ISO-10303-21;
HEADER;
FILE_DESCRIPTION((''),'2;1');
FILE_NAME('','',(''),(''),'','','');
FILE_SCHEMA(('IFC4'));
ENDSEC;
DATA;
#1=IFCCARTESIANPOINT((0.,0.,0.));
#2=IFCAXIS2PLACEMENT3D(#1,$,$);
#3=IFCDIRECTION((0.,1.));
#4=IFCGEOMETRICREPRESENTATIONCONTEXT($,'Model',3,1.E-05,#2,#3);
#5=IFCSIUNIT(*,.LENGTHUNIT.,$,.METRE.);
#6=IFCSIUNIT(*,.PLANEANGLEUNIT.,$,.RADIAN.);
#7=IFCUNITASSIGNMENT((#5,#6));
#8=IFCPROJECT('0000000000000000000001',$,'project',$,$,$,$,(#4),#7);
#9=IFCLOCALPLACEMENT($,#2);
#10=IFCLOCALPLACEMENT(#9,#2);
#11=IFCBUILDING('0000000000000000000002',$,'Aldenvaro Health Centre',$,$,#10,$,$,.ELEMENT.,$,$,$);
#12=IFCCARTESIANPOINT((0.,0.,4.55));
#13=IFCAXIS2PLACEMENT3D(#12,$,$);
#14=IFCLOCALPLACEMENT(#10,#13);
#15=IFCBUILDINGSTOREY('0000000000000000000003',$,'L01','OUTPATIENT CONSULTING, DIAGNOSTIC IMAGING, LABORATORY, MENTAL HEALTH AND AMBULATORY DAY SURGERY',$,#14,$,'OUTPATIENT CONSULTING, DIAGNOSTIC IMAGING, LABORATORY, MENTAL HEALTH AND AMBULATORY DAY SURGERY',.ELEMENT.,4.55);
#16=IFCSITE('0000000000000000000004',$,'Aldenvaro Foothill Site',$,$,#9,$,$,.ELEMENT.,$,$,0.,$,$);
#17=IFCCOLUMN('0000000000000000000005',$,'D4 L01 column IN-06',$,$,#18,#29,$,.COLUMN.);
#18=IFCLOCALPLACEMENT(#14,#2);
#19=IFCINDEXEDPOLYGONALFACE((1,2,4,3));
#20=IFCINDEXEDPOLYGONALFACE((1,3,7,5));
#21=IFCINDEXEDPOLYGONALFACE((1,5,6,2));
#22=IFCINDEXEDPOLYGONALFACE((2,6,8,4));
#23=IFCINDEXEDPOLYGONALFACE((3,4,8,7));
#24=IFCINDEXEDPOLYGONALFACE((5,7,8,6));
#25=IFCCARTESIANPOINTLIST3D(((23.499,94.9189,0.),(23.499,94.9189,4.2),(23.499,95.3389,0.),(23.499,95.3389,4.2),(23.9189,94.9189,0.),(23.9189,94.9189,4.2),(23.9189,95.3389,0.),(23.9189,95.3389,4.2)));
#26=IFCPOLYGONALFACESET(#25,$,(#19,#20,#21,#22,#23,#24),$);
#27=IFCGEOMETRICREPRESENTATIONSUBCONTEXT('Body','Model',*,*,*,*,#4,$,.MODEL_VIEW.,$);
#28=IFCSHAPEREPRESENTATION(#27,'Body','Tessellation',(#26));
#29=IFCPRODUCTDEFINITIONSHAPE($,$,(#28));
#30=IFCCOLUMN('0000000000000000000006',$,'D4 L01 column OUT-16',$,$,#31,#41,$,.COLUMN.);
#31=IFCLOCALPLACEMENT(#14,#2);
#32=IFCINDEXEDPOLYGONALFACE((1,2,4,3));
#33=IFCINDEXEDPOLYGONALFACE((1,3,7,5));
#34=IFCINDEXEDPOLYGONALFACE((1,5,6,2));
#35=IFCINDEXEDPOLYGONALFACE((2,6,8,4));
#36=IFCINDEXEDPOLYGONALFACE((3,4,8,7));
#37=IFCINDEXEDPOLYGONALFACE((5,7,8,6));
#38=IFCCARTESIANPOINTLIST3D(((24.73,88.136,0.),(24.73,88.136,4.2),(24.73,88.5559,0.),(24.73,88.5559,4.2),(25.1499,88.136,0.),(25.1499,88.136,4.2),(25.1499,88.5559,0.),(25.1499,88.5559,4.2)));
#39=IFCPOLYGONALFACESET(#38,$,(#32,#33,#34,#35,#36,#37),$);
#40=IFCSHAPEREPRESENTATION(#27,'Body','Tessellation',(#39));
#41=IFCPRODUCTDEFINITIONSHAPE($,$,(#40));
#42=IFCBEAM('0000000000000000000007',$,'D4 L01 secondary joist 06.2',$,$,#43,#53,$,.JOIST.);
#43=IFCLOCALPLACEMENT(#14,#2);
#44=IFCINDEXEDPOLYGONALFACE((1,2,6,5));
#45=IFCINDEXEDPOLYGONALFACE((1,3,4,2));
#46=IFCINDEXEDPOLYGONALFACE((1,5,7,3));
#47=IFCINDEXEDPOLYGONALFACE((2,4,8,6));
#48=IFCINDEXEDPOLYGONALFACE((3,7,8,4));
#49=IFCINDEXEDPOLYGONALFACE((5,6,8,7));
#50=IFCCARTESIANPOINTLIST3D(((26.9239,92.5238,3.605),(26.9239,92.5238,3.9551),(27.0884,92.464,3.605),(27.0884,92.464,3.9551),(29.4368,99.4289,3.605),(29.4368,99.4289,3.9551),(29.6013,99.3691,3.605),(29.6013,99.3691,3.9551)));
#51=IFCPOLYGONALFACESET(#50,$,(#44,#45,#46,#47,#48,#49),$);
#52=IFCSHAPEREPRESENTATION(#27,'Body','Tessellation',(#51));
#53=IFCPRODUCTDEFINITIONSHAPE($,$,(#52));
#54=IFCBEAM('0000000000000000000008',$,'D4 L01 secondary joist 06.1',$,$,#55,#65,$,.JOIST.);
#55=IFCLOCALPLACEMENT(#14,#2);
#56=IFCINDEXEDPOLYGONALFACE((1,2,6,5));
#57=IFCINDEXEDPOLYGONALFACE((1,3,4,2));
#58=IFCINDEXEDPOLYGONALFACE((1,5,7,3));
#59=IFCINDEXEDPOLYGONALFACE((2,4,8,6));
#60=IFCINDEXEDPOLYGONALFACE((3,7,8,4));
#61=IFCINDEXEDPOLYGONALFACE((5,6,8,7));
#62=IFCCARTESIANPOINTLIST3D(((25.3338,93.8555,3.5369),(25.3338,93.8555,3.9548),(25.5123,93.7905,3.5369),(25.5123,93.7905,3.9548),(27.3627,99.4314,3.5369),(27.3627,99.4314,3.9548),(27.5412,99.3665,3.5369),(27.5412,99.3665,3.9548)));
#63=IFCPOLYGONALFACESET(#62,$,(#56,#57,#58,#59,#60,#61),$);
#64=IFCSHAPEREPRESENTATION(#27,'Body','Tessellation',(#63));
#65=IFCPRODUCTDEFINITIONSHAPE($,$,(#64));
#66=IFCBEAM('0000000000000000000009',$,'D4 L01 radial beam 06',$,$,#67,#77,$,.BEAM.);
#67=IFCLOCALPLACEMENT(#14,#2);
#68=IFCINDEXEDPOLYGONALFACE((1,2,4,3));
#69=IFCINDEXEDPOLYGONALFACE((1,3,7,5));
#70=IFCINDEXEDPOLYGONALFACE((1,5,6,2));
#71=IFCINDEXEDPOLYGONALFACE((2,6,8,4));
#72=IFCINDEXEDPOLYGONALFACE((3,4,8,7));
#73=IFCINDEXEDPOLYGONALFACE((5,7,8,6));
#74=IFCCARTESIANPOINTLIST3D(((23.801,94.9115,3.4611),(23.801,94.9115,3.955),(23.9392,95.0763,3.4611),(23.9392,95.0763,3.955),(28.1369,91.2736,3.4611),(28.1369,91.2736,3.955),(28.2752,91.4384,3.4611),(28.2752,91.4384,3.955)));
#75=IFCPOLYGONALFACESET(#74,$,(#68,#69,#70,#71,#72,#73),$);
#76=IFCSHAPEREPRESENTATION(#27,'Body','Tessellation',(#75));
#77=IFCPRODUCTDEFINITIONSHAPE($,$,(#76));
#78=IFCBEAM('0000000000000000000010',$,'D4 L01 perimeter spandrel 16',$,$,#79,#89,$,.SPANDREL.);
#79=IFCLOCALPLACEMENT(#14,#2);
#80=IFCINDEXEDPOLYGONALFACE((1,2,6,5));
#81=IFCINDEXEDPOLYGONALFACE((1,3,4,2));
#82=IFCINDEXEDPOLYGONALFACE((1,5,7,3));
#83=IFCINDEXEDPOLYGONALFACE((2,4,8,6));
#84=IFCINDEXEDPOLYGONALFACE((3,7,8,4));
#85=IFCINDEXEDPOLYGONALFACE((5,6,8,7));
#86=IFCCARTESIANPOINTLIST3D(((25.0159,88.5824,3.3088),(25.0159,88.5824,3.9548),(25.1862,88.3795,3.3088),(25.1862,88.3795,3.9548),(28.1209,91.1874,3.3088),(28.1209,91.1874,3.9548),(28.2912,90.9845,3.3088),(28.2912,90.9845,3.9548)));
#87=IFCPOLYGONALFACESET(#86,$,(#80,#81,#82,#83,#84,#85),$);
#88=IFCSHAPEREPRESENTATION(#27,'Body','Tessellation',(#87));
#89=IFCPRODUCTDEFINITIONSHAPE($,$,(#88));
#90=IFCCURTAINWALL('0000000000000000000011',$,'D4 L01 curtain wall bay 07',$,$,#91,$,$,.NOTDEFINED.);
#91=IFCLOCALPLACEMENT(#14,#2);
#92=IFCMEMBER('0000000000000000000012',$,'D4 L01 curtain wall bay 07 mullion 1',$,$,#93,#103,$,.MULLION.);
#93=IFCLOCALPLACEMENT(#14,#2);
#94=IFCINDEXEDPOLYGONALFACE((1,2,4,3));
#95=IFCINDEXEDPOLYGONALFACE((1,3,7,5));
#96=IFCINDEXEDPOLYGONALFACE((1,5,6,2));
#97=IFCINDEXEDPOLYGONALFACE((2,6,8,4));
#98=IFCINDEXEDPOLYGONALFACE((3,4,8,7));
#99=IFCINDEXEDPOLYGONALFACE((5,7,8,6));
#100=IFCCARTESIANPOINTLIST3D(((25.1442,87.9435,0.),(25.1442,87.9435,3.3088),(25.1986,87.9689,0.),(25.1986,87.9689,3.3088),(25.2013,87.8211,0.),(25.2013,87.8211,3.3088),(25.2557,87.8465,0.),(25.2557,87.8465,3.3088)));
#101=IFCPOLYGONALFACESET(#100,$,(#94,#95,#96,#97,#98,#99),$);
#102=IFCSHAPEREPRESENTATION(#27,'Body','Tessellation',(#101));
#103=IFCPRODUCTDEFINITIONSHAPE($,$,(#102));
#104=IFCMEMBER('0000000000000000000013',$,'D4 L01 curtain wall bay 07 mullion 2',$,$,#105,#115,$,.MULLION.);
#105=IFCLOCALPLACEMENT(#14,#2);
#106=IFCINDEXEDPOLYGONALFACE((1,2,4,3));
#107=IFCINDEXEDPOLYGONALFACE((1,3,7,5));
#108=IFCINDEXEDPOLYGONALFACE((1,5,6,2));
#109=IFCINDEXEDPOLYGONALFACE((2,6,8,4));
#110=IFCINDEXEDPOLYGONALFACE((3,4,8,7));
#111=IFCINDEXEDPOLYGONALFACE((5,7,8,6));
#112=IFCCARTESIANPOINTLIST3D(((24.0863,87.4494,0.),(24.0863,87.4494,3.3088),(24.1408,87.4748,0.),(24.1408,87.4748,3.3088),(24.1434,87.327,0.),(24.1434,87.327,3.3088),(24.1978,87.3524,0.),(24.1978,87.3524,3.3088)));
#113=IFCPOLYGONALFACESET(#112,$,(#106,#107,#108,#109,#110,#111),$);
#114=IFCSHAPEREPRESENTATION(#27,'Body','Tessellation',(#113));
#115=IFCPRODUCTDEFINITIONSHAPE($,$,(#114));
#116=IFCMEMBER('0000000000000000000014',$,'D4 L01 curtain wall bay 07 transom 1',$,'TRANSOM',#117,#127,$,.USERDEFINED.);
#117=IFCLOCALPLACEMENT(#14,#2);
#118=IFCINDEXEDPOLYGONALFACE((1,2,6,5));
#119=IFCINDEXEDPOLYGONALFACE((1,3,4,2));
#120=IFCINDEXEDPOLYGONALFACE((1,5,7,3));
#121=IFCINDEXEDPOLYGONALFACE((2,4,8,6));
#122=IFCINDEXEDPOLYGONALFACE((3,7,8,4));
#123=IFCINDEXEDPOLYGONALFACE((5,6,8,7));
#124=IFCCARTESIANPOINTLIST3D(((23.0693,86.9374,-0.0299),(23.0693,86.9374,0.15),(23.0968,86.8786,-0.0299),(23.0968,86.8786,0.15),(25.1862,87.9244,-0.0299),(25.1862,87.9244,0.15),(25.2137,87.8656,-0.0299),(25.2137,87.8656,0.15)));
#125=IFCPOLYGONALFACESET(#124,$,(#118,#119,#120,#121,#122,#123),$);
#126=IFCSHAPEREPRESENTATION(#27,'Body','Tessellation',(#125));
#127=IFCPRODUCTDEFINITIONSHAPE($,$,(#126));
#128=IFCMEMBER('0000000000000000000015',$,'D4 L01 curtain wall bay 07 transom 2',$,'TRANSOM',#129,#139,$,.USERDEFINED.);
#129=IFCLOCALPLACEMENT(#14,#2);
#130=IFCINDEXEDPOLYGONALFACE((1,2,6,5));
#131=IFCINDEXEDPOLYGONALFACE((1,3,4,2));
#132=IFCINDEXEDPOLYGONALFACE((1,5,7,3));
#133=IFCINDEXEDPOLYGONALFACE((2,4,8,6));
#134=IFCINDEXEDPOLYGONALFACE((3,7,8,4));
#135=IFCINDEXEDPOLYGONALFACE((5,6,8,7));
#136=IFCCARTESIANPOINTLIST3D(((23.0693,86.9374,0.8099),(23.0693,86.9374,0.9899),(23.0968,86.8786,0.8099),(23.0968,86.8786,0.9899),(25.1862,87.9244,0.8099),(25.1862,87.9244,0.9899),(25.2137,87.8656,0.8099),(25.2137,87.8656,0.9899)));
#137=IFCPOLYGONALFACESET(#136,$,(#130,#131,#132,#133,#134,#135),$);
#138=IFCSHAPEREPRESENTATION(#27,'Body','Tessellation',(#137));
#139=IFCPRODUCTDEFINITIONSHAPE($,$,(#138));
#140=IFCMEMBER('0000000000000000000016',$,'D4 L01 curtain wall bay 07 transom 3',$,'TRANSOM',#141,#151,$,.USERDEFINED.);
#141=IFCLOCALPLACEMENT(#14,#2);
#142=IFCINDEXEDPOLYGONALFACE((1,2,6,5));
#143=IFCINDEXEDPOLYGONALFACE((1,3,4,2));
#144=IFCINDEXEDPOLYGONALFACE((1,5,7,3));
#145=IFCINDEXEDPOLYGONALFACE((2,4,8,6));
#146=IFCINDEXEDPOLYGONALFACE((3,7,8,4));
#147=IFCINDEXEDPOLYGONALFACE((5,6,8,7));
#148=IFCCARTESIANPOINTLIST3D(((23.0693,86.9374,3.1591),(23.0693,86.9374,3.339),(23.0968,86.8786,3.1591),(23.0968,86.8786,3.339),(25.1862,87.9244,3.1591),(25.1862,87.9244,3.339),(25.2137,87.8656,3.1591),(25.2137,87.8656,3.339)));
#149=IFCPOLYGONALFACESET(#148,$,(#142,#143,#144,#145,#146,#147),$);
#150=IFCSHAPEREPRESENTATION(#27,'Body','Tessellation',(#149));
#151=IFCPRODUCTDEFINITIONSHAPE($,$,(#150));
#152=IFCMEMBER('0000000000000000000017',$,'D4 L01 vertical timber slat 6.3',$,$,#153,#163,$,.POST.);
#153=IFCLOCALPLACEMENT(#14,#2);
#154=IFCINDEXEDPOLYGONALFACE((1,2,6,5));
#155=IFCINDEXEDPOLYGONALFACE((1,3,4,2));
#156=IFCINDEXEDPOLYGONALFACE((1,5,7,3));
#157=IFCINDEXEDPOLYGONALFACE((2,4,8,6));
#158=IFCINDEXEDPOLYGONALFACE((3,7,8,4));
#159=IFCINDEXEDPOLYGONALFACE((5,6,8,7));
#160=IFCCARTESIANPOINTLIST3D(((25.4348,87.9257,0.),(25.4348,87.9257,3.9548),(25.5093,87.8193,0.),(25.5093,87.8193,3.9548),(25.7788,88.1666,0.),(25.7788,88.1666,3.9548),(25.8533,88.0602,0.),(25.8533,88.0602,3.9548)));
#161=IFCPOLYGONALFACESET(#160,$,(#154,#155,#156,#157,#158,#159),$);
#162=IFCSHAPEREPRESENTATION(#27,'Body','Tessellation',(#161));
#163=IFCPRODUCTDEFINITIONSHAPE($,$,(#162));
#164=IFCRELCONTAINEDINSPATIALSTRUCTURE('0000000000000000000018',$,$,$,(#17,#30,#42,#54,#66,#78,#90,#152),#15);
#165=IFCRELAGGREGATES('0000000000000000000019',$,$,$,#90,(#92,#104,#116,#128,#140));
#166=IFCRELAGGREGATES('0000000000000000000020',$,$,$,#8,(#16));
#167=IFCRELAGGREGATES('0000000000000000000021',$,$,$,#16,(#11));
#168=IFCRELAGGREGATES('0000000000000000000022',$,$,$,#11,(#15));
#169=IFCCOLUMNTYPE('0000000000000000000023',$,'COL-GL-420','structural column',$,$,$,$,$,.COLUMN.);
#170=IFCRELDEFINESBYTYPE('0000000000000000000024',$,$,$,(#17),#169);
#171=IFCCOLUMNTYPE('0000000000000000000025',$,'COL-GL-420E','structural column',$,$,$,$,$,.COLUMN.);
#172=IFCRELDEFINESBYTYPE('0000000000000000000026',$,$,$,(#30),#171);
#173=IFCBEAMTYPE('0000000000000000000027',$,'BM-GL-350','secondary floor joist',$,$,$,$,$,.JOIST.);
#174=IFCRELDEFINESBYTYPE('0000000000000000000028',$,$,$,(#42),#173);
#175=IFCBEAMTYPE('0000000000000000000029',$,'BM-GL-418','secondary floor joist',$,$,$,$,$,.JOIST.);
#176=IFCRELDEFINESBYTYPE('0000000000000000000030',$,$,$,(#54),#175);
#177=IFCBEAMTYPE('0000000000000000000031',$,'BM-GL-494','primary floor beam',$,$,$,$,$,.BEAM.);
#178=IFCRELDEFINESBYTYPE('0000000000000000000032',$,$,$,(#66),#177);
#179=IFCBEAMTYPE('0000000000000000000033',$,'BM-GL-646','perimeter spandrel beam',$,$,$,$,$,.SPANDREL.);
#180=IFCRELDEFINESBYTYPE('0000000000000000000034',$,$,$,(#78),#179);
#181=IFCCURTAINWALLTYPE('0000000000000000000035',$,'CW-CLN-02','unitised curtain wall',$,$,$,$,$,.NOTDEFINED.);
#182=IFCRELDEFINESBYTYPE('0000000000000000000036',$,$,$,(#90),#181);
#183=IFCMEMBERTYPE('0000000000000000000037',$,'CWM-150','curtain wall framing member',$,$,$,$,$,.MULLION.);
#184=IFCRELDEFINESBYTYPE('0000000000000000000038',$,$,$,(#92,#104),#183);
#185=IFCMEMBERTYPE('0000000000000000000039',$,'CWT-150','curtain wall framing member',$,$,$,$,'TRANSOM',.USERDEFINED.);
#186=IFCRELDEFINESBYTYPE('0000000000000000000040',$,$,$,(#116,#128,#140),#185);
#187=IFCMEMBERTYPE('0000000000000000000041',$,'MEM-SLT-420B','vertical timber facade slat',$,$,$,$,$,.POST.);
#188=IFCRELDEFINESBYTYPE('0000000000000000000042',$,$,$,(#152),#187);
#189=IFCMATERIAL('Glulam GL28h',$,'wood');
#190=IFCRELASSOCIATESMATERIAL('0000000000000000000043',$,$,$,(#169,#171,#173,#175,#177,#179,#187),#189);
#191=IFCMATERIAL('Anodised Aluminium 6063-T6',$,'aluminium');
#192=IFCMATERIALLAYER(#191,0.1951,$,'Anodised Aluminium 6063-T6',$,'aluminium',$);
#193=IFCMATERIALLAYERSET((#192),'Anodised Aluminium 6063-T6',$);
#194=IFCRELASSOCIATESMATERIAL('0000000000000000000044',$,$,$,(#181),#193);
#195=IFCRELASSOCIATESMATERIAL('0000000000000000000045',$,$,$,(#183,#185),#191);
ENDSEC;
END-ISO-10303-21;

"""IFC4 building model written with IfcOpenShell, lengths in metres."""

from ifc_helpers import new_model, si_unit, direction, frame, origin, origin_2d, place, context, subcontext, project, spatial, rectangle, extrude, material, layer, layer_set, material_profile, profile_set, type_object, element, aggregate, save


model = new_model("IFC4")

# Units and contexts
model_context = context("Model", 3, precision=1e-05, world=origin(), true_north=direction((0.0, 1.0)))
body_context = subcontext(model_context, "Body", "Model", "MODEL_VIEW")
ifc_project = project(units=[si_unit("LENGTHUNIT", "METRE"), si_unit("PLANEANGLEUNIT", "RADIAN")], contexts=[model_context])

# Site, building, storey
site_placement = place(None, origin())
site = spatial("IfcSite", under=ifc_project, at=site_placement, Name="Aldenvaro Foothill Site", CompositionType="ELEMENT", RefElevation=0.0)
building_placement = place(site_placement, origin())
building = spatial("IfcBuilding", under=site, at=building_placement, Name="Aldenvaro Health Centre", CompositionType="ELEMENT")
storey_placement = place(building_placement, frame((0.0, 0.0, 4.55)))
storey = spatial("IfcBuildingStorey", under=building, at=storey_placement, Name="L01", Description="OUTPATIENT CONSULTING, DIAGNOSTIC IMAGING, LABORATORY, MENTAL HEALTH AND AMBULATORY DAY SURGERY", LongName="OUTPATIENT CONSULTING, DIAGNOSTIC IMAGING, LABORATORY, MENTAL HEALTH AND AMBULATORY DAY SURGERY", CompositionType="ELEMENT", Elevation=4.55)

# Columns
ifc_material_1 = material(Name="Glulam GL28h", Category="wood")
ifc_material_profile_1 = material_profile(ifc_material_1, rectangle(XDim=0.4199, YDim=0.4199, at=origin_2d()), Name="GL 420x420", Category="wood")
ifc_profile_set_1 = profile_set([ifc_material_profile_1], Name="Glulam GL28h")
column_type_1 = type_object("IfcColumnType", Name="COL-GL-420", Description="structural column", PredefinedType="COLUMN", material=ifc_profile_set_1)
column_1_placement = place(storey_placement, frame((23.709, 95.1289, 0.0), z_axis=(0.0, 0.0, 1.0), x_axis=(1.0, 0.0, 0.0)))
element("IfcColumn", 1, at=column_1_placement, inside=storey, type_object=column_type_1, Name="D4 L01 column IN-06", PredefinedType="COLUMN", context=body_context, shape_type="SweptSolid", body=[
    extrude(rectangle(XDim=0.4199, YDim=0.4199, at=origin_2d()), origin(), (0.0, 0.0, 1.0), 4.2),
])
ifc_material_profile_2 = material_profile(ifc_material_1, rectangle(XDim=0.4199, YDim=0.4199, at=origin_2d()), Name="GL 420x420", Category="wood")
ifc_profile_set_2 = profile_set([ifc_material_profile_2], Name="Glulam GL28h")
column_type_2 = type_object("IfcColumnType", Name="COL-GL-420E", Description="structural column", PredefinedType="COLUMN", material=ifc_profile_set_2)
column_2_placement = place(storey_placement, frame((24.9399, 88.3459, 0.0), z_axis=(0.0, 0.0, 1.0), x_axis=(1.0, 0.0, 0.0)))
element("IfcColumn", 2, at=column_2_placement, inside=storey, type_object=column_type_2, Name="D4 L01 column OUT-16", PredefinedType="COLUMN", context=body_context, shape_type="SweptSolid", body=[
    extrude(rectangle(XDim=0.4199, YDim=0.4199, at=origin_2d()), origin(), (0.0, 0.0, 1.0), 4.2),
])

# Beams
ifc_material_profile_3 = material_profile(ifc_material_1, rectangle(XDim=0.175, YDim=0.3501, at=origin_2d()), Name="GL 175x350", Category="wood")
ifc_profile_set_3 = profile_set([ifc_material_profile_3], Name="Glulam GL28h")
beam_type_1 = type_object("IfcBeamType", Name="BM-GL-350", Description="secondary floor joist", PredefinedType="JOIST", material=ifc_profile_set_3)
beam_1_placement = place(storey_placement, frame((27.0061, 92.4939, 3.78), z_axis=(0.341986, 0.939705, 0.0), x_axis=(-0.939705, 0.341986, 0.0)))
element("IfcBeam", 3, at=beam_1_placement, inside=storey, type_object=beam_type_1, Name="D4 L01 secondary joist 06.2", PredefinedType="JOIST", context=body_context, shape_type="SweptSolid", body=[
    extrude(rectangle(XDim=0.175, YDim=0.3501, at=origin_2d()), origin(), (0.0, 0.0, 1.0), 7.3481),
])
ifc_material_profile_4 = material_profile(ifc_material_1, rectangle(XDim=0.1899, YDim=0.418, at=origin_2d()), Name="GL 190x418", Category="wood")
ifc_profile_set_4 = profile_set([ifc_material_profile_4], Name="Glulam GL28h")
beam_type_2 = type_object("IfcBeamType", Name="BM-GL-418", Description="secondary floor joist", PredefinedType="JOIST", material=ifc_profile_set_4)
beam_2_placement = place(storey_placement, frame((25.4231, 93.823, 3.7458), z_axis=(0.341921, 0.939729, 0.0), x_axis=(-0.939729, 0.341921, 0.0)))
element("IfcBeam", 4, at=beam_2_placement, inside=storey, type_object=beam_type_2, Name="D4 L01 secondary joist 06.1", PredefinedType="JOIST", context=body_context, shape_type="SweptSolid", body=[
    extrude(rectangle(XDim=0.1899, YDim=0.418, at=origin_2d()), origin(), (0.0, 0.0, 1.0), 5.9336),
])
ifc_material_profile_5 = material_profile(ifc_material_1, rectangle(XDim=0.2151, YDim=0.4939, at=origin_2d()), Name="GL 215x494", Category="wood")
ifc_profile_set_5 = profile_set([ifc_material_profile_5], Name="Glulam GL28h")
beam_type_3 = type_object("IfcBeamType", Name="BM-GL-494", Description="primary floor beam", PredefinedType="BEAM", material=ifc_profile_set_5)
beam_3_placement = place(storey_placement, frame((23.8701, 94.9939, 3.708), z_axis=(0.766074, -0.642752, 0.0), x_axis=(0.642752, 0.766074, 0.0)))
element("IfcBeam", 5, at=beam_3_placement, inside=storey, type_object=beam_type_3, Name="D4 L01 radial beam 06", PredefinedType="BEAM", context=body_context, shape_type="SweptSolid", body=[
    extrude(rectangle(XDim=0.2151, YDim=0.4939, at=origin_2d()), origin(), (0.0, 0.0, 1.0), 5.6599),
])
ifc_material_profile_6 = material_profile(ifc_material_1, rectangle(XDim=0.2649, YDim=0.646, at=origin_2d()), Name="GL 265x646", Category="wood")
ifc_profile_set_6 = profile_set([ifc_material_profile_6], Name="Glulam GL28h")
beam_type_4 = type_object("IfcBeamType", Name="BM-GL-646", Description="perimeter spandrel beam", PredefinedType="SPANDREL", material=ifc_profile_set_6)
beam_4_placement = place(storey_placement, frame((25.1011, 88.481, 3.6318), z_axis=(0.766094, 0.642729, 0.0), x_axis=(-0.642729, 0.766094, 0.0)))
element("IfcBeam", 6, at=beam_4_placement, inside=storey, type_object=beam_type_4, Name="D4 L01 perimeter spandrel 16", PredefinedType="SPANDREL", context=body_context, shape_type="SweptSolid", body=[
    extrude(rectangle(XDim=0.2649, YDim=0.646, at=origin_2d()), origin(), (0.0, 0.0, 1.0), 4.053),
])

# Curtain wall, members
ifc_material_2 = material(Name="Anodised Aluminium 6063-T6", Category="aluminium")
ifc_layer_1 = layer(ifc_material_2, 0.1951, Name="Anodised Aluminium 6063-T6", Category="aluminium")
ifc_layer_set_1 = layer_set([ifc_layer_1], Name="Anodised Aluminium 6063-T6")
curtain_wall_type = type_object("IfcCurtainWallType", Name="CW-CLN-02", Description="unitised curtain wall", PredefinedType="NOTDEFINED", material=ifc_layer_set_1)
curtain_wall_placement = place(storey_placement, origin())
curtain_wall = element("IfcCurtainWall", 7, at=curtain_wall_placement, inside=storey, type_object=curtain_wall_type, Name="D4 L01 curtain wall bay 07", PredefinedType="NOTDEFINED")
ifc_material_profile_7 = material_profile(ifc_material_2, rectangle(XDim=0.0601, YDim=0.135, at=origin_2d()), Name="ALU 60x135", Category="aluminium")
ifc_profile_set_7 = profile_set([ifc_material_profile_7], Name="Anodised Aluminium 6063-T6")
member_type_1 = type_object("IfcMemberType", Name="CWM-150", Description="curtain wall framing member", PredefinedType="MULLION", material=ifc_profile_set_7)
member_1_placement = place(storey_placement, frame((25.2, 87.895, 0.0), z_axis=(0.0, 0.0, 1.0), x_axis=(-0.906336, -0.422557, 0.0)))
member_1 = element("IfcMember", 8, at=member_1_placement, type_object=member_type_1, Name="D4 L01 curtain wall bay 07 mullion 1", PredefinedType="MULLION", context=body_context, shape_type="SweptSolid", body=[
    extrude(rectangle(XDim=0.0601, YDim=0.135, at=origin_2d()), origin(), (0.0, 0.0, 1.0), 3.3088),
])
member_2_placement = place(storey_placement, frame((24.1421, 87.4009, 0.0), z_axis=(0.0, 0.0, 1.0), x_axis=(-0.906336, -0.422557, 0.0)))
member_2 = element("IfcMember", 9, at=member_2_placement, type_object=member_type_1, Name="D4 L01 curtain wall bay 07 mullion 2", PredefinedType="MULLION", context=body_context, shape_type="SweptSolid", body=[
    extrude(rectangle(XDim=0.0601, YDim=0.135, at=origin_2d()), origin(), (0.0, 0.0, 1.0), 3.3088),
])
ifc_material_profile_8 = material_profile(ifc_material_2, rectangle(XDim=0.0649, YDim=0.1799, at=origin_2d()), Name="ALU 65x180", Category="aluminium")
ifc_profile_set_8 = profile_set([ifc_material_profile_8], Name="Anodised Aluminium 6063-T6")
member_type_2 = type_object("IfcMemberType", Name="CWT-150", Description="curtain wall framing member", ElementType="TRANSOM", PredefinedType="USERDEFINED", material=ifc_profile_set_8)
member_3_placement = place(storey_placement, frame((25.2, 87.895, 0.0601), z_axis=(-0.906322, -0.422588, 0.0), x_axis=(0.422588, -0.906322, 0.0)))
member_3 = element("IfcMember", 10, at=member_3_placement, type_object=member_type_2, Name="D4 L01 curtain wall bay 07 transom 1", ObjectType="TRANSOM", PredefinedType="USERDEFINED", context=body_context, shape_type="SweptSolid", body=[
    extrude(rectangle(XDim=0.0649, YDim=0.1799, at=origin_2d()), origin(), (0.0, 0.0, 1.0), 2.3357),
])
member_4_placement = place(storey_placement, frame((25.2, 87.895, 0.8999), z_axis=(-0.906322, -0.422588, 0.0), x_axis=(0.422588, -0.906322, 0.0)))
member_4 = element("IfcMember", 11, at=member_4_placement, type_object=member_type_2, Name="D4 L01 curtain wall bay 07 transom 2", ObjectType="TRANSOM", PredefinedType="USERDEFINED", context=body_context, shape_type="SweptSolid", body=[
    extrude(rectangle(XDim=0.0649, YDim=0.1799, at=origin_2d()), origin(), (0.0, 0.0, 1.0), 2.3357),
])
member_5_placement = place(storey_placement, frame((25.2, 87.895, 3.249), z_axis=(-0.906322, -0.422588, 0.0), x_axis=(0.422588, -0.906322, 0.0)))
member_5 = element("IfcMember", 12, at=member_5_placement, type_object=member_type_2, Name="D4 L01 curtain wall bay 07 transom 3", ObjectType="TRANSOM", PredefinedType="USERDEFINED", context=body_context, shape_type="SweptSolid", body=[
    extrude(rectangle(XDim=0.0649, YDim=0.1799, at=origin_2d()), origin(), (0.0, 0.0, 1.0), 2.3357),
])

# Member
ifc_material_profile_9 = material_profile(ifc_material_1, rectangle(XDim=0.1299, YDim=0.4199, at=origin_2d()), Name="GL 130x420", Category="wood")
ifc_profile_set_9 = profile_set([ifc_material_profile_9], Name="Glulam GL28h")
member_type_3 = type_object("IfcMemberType", Name="MEM-SLT-420B", Description="vertical timber facade slat", PredefinedType="POST", material=ifc_profile_set_9)
member_6_placement = place(storey_placement, frame((25.644, 87.9929, 0.0), z_axis=(0.0, 0.0, 1.0), x_axis=(0.573721, -0.819051, 0.0)))
element("IfcMember", 13, at=member_6_placement, inside=storey, type_object=member_type_3, Name="D4 L01 vertical timber slat 6.3", PredefinedType="POST", context=body_context, shape_type="SweptSolid", body=[
    extrude(rectangle(XDim=0.1299, YDim=0.4199, at=origin_2d()), origin(), (0.0, 0.0, 1.0), 3.9548),
])

aggregate(curtain_wall, [member_1, member_2, member_3, member_4, member_5])

save(model, "model.ifc")
